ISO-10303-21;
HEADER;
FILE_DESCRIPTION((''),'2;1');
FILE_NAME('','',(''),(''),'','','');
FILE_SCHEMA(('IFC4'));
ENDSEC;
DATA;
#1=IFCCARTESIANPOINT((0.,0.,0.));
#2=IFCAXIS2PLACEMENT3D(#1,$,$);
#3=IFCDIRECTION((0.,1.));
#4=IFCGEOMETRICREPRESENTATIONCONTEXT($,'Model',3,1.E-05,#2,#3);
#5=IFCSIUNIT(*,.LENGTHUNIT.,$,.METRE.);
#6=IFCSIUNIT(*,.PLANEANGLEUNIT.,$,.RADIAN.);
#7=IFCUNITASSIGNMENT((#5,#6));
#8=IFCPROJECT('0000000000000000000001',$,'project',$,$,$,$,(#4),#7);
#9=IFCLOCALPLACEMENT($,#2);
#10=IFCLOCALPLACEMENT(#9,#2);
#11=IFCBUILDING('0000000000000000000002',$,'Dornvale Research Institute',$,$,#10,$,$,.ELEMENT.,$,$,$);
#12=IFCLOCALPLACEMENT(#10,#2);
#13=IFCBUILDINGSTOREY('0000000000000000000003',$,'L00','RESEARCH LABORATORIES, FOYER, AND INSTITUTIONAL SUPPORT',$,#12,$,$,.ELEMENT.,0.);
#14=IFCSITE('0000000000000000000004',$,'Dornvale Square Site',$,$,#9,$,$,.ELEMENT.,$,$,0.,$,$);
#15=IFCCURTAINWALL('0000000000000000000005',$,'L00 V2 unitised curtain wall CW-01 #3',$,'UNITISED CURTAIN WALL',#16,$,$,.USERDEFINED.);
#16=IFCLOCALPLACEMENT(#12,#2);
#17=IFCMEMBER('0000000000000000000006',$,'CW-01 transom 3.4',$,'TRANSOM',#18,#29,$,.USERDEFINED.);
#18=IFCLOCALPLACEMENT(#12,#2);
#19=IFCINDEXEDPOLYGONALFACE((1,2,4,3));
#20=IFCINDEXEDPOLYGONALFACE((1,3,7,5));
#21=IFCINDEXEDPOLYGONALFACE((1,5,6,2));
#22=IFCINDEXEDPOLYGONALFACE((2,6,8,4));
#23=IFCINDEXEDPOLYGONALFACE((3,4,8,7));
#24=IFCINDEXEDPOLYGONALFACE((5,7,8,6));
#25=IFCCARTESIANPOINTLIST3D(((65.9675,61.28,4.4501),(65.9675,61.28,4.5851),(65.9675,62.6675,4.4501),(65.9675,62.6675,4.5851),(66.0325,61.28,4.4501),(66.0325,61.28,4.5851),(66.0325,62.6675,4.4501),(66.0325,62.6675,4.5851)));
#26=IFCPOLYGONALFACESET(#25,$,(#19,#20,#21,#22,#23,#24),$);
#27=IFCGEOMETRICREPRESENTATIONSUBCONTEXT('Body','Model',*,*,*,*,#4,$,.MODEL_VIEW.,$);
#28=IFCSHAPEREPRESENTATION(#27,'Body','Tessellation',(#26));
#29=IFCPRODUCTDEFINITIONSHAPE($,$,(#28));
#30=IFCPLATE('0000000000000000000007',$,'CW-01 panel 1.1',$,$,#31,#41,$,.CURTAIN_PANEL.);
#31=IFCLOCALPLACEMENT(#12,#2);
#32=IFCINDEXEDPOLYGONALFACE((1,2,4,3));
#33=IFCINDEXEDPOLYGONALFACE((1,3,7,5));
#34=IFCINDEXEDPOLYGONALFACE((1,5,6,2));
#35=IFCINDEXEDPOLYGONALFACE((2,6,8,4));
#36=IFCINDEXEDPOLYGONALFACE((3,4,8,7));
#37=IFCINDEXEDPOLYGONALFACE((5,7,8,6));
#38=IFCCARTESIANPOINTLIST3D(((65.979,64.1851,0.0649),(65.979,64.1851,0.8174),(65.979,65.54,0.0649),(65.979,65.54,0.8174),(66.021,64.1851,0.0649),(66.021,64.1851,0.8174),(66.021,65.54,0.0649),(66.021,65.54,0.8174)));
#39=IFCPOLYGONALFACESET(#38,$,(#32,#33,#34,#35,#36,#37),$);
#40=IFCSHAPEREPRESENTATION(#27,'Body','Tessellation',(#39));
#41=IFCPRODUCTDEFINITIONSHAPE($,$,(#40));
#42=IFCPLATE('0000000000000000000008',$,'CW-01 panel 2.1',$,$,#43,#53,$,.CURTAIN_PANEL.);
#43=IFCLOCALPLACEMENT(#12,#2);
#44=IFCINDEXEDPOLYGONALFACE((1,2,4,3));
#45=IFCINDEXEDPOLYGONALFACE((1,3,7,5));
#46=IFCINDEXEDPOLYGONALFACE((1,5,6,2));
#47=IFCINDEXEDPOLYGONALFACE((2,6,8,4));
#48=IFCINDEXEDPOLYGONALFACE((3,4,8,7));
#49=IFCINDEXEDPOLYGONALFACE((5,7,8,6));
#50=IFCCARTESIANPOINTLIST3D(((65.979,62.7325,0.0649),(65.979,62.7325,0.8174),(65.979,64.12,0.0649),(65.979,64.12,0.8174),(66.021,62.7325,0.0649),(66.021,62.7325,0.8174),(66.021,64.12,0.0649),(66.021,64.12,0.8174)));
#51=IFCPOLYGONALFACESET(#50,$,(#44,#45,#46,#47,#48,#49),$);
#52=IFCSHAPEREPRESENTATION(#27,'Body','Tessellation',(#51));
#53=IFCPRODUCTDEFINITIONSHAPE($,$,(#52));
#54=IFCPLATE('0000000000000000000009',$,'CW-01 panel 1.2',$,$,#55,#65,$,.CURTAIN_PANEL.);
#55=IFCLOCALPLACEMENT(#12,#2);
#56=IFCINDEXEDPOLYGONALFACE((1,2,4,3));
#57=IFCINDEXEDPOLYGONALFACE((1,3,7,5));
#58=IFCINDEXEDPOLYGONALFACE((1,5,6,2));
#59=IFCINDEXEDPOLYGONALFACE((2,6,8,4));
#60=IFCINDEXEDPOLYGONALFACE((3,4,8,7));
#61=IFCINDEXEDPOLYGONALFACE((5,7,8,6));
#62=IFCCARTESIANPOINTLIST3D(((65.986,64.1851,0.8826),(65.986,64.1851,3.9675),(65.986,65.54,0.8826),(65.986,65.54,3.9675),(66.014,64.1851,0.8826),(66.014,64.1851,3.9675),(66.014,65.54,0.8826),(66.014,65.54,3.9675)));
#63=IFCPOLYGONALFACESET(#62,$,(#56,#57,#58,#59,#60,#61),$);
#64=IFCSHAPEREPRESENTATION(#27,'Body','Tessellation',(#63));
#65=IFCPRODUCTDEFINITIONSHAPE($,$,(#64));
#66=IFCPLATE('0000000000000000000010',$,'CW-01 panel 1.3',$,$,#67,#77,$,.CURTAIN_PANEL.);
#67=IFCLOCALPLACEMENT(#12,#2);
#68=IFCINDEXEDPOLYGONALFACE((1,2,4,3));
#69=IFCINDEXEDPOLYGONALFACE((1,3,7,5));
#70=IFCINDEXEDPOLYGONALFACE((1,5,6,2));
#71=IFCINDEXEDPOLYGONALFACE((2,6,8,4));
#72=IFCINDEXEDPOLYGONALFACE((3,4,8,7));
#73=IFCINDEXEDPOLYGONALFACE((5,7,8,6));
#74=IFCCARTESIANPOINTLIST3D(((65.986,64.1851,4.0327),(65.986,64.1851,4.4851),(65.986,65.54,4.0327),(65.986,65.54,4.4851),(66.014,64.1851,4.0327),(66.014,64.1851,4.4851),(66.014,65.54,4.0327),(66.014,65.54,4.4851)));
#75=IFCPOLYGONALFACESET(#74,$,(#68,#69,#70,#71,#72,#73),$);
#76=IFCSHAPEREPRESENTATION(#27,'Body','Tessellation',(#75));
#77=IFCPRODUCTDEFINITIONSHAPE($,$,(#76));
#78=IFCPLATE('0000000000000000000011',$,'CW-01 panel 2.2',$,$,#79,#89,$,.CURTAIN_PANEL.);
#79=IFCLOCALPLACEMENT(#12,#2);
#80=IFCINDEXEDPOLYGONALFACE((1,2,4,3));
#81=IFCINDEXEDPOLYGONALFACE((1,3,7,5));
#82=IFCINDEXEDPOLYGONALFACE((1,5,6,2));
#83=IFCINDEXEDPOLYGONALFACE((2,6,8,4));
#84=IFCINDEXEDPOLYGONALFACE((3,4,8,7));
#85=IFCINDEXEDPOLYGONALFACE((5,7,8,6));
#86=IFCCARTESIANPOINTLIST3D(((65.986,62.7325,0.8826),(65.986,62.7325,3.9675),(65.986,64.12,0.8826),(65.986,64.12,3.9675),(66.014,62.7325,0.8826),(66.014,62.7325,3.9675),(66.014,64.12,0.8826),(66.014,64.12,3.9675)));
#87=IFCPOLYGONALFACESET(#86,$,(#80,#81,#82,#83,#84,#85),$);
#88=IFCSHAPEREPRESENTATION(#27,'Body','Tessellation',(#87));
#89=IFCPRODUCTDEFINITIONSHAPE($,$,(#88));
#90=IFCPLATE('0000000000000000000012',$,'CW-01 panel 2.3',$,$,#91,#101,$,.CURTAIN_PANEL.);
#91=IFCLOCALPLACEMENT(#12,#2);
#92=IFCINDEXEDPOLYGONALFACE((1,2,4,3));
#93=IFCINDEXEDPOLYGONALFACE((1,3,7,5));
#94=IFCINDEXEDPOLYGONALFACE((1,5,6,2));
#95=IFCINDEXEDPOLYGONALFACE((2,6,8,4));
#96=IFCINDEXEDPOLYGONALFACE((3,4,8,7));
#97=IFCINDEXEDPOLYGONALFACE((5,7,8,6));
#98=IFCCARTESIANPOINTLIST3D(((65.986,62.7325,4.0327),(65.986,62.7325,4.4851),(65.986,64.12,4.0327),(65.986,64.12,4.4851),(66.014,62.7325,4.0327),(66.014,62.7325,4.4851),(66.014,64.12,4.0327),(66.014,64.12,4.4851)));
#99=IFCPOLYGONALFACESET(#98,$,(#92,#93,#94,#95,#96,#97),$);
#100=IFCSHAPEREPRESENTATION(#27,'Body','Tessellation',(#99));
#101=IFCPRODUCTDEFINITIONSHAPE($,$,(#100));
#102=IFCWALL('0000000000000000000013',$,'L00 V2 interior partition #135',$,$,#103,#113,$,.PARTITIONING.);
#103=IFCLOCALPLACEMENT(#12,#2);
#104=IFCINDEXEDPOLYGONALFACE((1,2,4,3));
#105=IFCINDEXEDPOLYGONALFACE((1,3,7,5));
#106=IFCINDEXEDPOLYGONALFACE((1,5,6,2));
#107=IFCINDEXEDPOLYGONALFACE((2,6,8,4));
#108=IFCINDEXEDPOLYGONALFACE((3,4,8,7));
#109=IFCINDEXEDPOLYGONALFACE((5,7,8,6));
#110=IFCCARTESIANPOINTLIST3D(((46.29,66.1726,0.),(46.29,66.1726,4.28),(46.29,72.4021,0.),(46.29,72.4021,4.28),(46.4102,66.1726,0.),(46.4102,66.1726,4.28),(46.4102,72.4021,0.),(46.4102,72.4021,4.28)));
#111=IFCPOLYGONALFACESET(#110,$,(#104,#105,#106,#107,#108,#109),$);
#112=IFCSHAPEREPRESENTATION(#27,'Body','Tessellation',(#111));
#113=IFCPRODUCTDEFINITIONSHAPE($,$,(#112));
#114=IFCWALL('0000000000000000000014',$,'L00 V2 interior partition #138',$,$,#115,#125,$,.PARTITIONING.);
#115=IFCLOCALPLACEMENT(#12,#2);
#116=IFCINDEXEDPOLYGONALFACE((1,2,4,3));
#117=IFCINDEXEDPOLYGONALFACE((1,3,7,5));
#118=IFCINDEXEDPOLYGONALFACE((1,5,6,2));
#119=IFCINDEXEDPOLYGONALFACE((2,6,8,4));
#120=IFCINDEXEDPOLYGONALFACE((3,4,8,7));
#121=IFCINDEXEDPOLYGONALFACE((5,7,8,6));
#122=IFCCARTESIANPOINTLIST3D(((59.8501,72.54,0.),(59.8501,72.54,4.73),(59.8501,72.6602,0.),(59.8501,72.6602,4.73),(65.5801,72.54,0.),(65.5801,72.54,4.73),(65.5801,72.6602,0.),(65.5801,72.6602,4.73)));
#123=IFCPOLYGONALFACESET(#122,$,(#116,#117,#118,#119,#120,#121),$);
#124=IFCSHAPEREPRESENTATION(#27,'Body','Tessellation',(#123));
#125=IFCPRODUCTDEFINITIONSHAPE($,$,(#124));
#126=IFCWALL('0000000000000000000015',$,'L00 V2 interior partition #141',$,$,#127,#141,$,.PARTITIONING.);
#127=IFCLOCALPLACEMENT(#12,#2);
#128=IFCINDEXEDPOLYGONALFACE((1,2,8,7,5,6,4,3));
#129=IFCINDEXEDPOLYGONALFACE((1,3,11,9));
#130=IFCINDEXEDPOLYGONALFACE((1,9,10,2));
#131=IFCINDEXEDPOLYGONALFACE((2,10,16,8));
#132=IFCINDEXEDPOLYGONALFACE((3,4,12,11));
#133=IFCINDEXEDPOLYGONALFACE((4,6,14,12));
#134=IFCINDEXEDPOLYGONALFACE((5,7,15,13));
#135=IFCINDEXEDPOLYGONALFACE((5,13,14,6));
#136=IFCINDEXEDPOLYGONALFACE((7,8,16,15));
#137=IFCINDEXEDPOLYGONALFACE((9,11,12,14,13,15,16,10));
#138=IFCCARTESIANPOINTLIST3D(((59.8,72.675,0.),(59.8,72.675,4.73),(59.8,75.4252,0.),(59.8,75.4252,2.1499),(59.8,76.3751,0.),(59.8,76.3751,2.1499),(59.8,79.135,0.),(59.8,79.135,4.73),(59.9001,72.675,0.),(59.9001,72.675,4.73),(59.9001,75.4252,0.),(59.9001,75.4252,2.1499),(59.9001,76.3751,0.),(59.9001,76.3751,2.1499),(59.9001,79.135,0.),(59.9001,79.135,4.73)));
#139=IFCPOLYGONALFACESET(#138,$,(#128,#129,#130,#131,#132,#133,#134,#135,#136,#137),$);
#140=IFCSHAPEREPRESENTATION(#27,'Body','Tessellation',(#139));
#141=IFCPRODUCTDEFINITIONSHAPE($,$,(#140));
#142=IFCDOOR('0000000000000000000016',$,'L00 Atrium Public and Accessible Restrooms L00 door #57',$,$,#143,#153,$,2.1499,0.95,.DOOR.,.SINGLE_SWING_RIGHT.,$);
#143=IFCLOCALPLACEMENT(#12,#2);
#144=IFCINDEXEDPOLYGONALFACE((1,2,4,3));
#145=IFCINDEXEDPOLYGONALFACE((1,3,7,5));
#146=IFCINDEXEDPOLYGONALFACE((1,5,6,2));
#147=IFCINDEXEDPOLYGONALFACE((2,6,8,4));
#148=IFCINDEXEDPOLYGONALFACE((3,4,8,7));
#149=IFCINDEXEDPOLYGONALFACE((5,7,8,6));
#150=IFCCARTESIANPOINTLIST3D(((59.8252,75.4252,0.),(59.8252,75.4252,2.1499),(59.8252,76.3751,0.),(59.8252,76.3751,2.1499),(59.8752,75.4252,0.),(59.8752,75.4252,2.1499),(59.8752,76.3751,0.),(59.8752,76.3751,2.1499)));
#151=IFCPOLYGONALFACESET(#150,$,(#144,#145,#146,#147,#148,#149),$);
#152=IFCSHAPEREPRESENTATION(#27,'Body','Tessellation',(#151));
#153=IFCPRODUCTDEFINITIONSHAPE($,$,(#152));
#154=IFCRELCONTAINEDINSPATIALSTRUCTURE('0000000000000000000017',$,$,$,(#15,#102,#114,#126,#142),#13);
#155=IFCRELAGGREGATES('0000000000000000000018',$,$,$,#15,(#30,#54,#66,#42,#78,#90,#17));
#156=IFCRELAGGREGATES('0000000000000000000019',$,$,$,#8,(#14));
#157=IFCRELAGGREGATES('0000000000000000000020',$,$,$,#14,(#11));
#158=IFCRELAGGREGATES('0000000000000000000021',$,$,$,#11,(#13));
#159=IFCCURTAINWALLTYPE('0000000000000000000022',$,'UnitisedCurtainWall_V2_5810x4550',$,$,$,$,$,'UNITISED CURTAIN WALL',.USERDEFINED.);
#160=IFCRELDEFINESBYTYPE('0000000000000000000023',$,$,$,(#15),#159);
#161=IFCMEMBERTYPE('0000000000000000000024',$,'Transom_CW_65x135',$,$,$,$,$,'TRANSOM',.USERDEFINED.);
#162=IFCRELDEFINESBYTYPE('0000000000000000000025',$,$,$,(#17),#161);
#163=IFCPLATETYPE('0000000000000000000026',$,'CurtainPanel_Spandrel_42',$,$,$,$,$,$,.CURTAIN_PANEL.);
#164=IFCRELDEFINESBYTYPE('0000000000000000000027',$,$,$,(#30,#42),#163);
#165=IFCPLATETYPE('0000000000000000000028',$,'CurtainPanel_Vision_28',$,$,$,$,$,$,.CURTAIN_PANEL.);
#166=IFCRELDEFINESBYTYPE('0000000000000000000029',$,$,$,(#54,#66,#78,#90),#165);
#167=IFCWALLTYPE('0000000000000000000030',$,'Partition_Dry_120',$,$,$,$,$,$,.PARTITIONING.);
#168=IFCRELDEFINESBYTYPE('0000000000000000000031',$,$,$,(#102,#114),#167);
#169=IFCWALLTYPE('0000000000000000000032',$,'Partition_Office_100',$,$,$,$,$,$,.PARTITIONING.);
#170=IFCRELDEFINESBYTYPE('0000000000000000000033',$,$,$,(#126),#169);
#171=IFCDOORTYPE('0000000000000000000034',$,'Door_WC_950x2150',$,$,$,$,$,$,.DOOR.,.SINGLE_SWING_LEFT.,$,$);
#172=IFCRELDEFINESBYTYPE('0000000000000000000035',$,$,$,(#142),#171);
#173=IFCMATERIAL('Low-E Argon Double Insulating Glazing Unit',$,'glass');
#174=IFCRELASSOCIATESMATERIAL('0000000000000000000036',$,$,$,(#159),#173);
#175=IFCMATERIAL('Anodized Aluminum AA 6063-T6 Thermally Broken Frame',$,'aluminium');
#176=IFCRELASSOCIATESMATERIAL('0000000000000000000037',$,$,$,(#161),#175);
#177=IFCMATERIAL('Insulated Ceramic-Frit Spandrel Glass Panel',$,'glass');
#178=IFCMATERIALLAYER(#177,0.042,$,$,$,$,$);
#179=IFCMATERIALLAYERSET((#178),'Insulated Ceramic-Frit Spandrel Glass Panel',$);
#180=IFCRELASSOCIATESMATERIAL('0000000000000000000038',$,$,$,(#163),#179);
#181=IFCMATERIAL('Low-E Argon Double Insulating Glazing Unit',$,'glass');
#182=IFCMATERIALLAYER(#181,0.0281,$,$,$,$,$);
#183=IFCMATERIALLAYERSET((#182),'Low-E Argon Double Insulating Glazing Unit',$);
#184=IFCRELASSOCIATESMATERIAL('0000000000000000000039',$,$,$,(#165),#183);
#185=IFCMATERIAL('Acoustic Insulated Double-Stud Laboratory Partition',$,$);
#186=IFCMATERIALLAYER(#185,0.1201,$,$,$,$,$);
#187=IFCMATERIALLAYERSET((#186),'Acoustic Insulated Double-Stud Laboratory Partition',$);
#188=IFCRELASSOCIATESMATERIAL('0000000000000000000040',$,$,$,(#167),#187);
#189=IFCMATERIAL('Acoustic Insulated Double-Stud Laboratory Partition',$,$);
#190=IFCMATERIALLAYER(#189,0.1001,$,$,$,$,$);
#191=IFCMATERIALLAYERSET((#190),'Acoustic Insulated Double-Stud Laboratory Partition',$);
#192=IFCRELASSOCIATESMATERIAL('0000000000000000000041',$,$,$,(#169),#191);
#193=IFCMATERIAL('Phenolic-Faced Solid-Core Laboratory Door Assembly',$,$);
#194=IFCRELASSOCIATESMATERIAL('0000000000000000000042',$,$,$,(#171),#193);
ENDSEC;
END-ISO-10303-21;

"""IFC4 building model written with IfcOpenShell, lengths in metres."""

from ifc_helpers import new_model, si_unit, direction, frame, frame_2d, origin, origin_2d, place, context, subcontext, project, spatial, rectangle, extrude, material, layer, layer_set, material_profile, profile_set, type_object, element, fill, aggregate, save


model = new_model("IFC4")

# Units and contexts
model_context = context("Model", 3, precision=1e-05, world=origin(), true_north=direction((0.0, 1.0)))
body_context = subcontext(model_context, "Body", "Model", "MODEL_VIEW")
ifc_project = project(units=[si_unit("LENGTHUNIT", "METRE"), si_unit("PLANEANGLEUNIT", "RADIAN")], contexts=[model_context])

# Site, building, storey
site_placement = place(None, origin())
site = spatial("IfcSite", under=ifc_project, at=site_placement, Name="Dornvale Square Site", CompositionType="ELEMENT", RefElevation=0.0)
building_placement = place(site_placement, origin())
building = spatial("IfcBuilding", under=site, at=building_placement, Name="Dornvale Research Institute", CompositionType="ELEMENT")
storey_placement = place(building_placement, origin())
storey = spatial("IfcBuildingStorey", under=building, at=storey_placement, Name="L00", Description="RESEARCH LABORATORIES, FOYER, AND INSTITUTIONAL SUPPORT", CompositionType="ELEMENT", Elevation=0.0)

# Curtain wall, member, plates
ifc_material_1 = material(Name="Low-E Argon Double Insulating Glazing Unit", Category="glass")
curtain_wall_type = type_object("IfcCurtainWallType", Name="UnitisedCurtainWall_V2_5810x4550", ElementType="UNITISED CURTAIN WALL", PredefinedType="USERDEFINED", material=ifc_material_1)
curtain_wall_placement = place(storey_placement, origin())
curtain_wall = element("IfcCurtainWall", 1, at=curtain_wall_placement, inside=storey, type_object=curtain_wall_type, Name="L00 V2 unitised curtain wall CW-01 #3", ObjectType="UNITISED CURTAIN WALL", PredefinedType="USERDEFINED")
ifc_material_2 = material(Name="Anodized Aluminum AA 6063-T6 Thermally Broken Frame", Category="aluminium")
ifc_material_profile_1 = material_profile(ifc_material_2, rectangle(XDim=0.0649, YDim=0.135, at=origin_2d()), Name="ALU TRANSOM 65x135")
ifc_profile_set_1 = profile_set([ifc_material_profile_1], Name="Anodized Aluminum AA 6063-T6 Thermally Broken Frame")
member_type_1 = type_object("IfcMemberType", Name="Transom_CW_65x135", ElementType="TRANSOM", PredefinedType="USERDEFINED", material=ifc_profile_set_1)
member_1_placement = place(storey_placement, frame((66.0, 62.6675, 4.5176), z_axis=(0.0, -1.0, 0.0), x_axis=(1.0, 0.0, 0.0)))
member_1 = element("IfcMember", 2, at=member_1_placement, type_object=member_type_1, Name="CW-01 transom 3.4", ObjectType="TRANSOM", PredefinedType="USERDEFINED", context=body_context, shape_type="SweptSolid", body=[
    extrude(rectangle(XDim=0.0649, YDim=0.135, at=origin_2d()), origin(), (0.0, 0.0, 1.0), 1.3875),
])
ifc_material_3 = material(Name="Insulated Ceramic-Frit Spandrel Glass Panel", Category="glass")
ifc_layer_1 = layer(ifc_material_3, 0.042)
ifc_layer_set_1 = layer_set([ifc_layer_1], Name="Insulated Ceramic-Frit Spandrel Glass Panel")
plate_type_1 = type_object("IfcPlateType", Name="CurtainPanel_Spandrel_42", PredefinedType="CURTAIN_PANEL", material=ifc_layer_set_1)
plate_1_placement = place(storey_placement, frame((66.0, 64.8625, 0.0649), z_axis=(0.0, 0.0, 1.0), x_axis=(0.0, -1.0, 0.0)))
plate_1 = element("IfcPlate", 3, at=plate_1_placement, type_object=plate_type_1, Name="CW-01 panel 1.1", PredefinedType="CURTAIN_PANEL", context=body_context, shape_type="SweptSolid", body=[
    extrude(rectangle(XDim=1.355, YDim=0.042, at=origin_2d()), origin(), (0.0, 0.0, 1.0), 0.7524),
])
plate_2_placement = place(storey_placement, frame((66.0, 63.4263, 0.0649), z_axis=(0.0, 0.0, 1.0), x_axis=(0.0, -1.0, 0.0)))
plate_2 = element("IfcPlate", 4, at=plate_2_placement, type_object=plate_type_1, Name="CW-01 panel 2.1", PredefinedType="CURTAIN_PANEL", context=body_context, shape_type="SweptSolid", body=[
    extrude(rectangle(XDim=1.3875, YDim=0.042, at=origin_2d()), origin(), (0.0, 0.0, 1.0), 0.7524),
])
ifc_material_4 = material(Name="Low-E Argon Double Insulating Glazing Unit", Category="glass")
ifc_layer_2 = layer(ifc_material_4, 0.0281)
ifc_layer_set_2 = layer_set([ifc_layer_2], Name="Low-E Argon Double Insulating Glazing Unit")
plate_type_2 = type_object("IfcPlateType", Name="CurtainPanel_Vision_28", PredefinedType="CURTAIN_PANEL", material=ifc_layer_set_2)
plate_3_placement = place(storey_placement, frame((66.0, 64.8625, 0.8826), z_axis=(0.0, 0.0, 1.0), x_axis=(0.0, -1.0, 0.0)))
plate_3 = element("IfcPlate", 5, at=plate_3_placement, type_object=plate_type_2, Name="CW-01 panel 1.2", PredefinedType="CURTAIN_PANEL", context=body_context, shape_type="SweptSolid", body=[
    extrude(rectangle(XDim=1.355, YDim=0.0281, at=origin_2d()), origin(), (0.0, 0.0, 1.0), 3.085),
])
plate_4_placement = place(storey_placement, frame((66.0, 64.8625, 4.0327), z_axis=(0.0, 0.0, 1.0), x_axis=(0.0, -1.0, 0.0)))
plate_4 = element("IfcPlate", 6, at=plate_4_placement, type_object=plate_type_2, Name="CW-01 panel 1.3", PredefinedType="CURTAIN_PANEL", context=body_context, shape_type="SweptSolid", body=[
    extrude(rectangle(XDim=1.355, YDim=0.0281, at=origin_2d()), origin(), (0.0, 0.0, 1.0), 0.4524),
])
plate_5_placement = place(storey_placement, frame((66.0, 63.4263, 0.8826), z_axis=(0.0, 0.0, 1.0), x_axis=(0.0, -1.0, 0.0)))
plate_5 = element("IfcPlate", 7, at=plate_5_placement, type_object=plate_type_2, Name="CW-01 panel 2.2", PredefinedType="CURTAIN_PANEL", context=body_context, shape_type="SweptSolid", body=[
    extrude(rectangle(XDim=1.3875, YDim=0.0281, at=origin_2d()), origin(), (0.0, 0.0, 1.0), 3.085),
])
plate_6_placement = place(storey_placement, frame((66.0, 63.4263, 4.0327), z_axis=(0.0, 0.0, 1.0), x_axis=(0.0, -1.0, 0.0)))
plate_6 = element("IfcPlate", 8, at=plate_6_placement, type_object=plate_type_2, Name="CW-01 panel 2.3", PredefinedType="CURTAIN_PANEL", context=body_context, shape_type="SweptSolid", body=[
    extrude(rectangle(XDim=1.3875, YDim=0.0281, at=origin_2d()), origin(), (0.0, 0.0, 1.0), 0.4524),
])
aggregate(curtain_wall, [plate_1, plate_3, plate_4, plate_2, plate_5, plate_6, member_1])

# Walls
ifc_material_5 = material(Name="Acoustic Insulated Double-Stud Laboratory Partition")
ifc_layer_3 = layer(ifc_material_5, 0.1201)
ifc_layer_set_3 = layer_set([ifc_layer_3], Name="Acoustic Insulated Double-Stud Laboratory Partition")
wall_type_1 = type_object("IfcWallType", Name="Partition_Dry_120", PredefinedType="PARTITIONING", material=ifc_layer_set_3)
wall_1_placement = place(storey_placement, frame((46.3501, 66.1726, 0.0), z_axis=(0.0, 0.0, 1.0), x_axis=(0.0, 1.0, 0.0)))
element("IfcWall", 9, at=wall_1_placement, inside=storey, type_object=wall_type_1, Name="L00 V2 interior partition #135", PredefinedType="PARTITIONING", context=body_context, shape_type="SweptSolid", body=[
    extrude(rectangle(XDim=6.2295, YDim=0.1201, at=frame_2d((3.1147, 0.0))), origin(), (0.0, 0.0, 1.0), 4.28),
])
wall_2_placement = place(storey_placement, frame((59.8501, 72.6001, 0.0), z_axis=(0.0, 0.0, 1.0), x_axis=(1.0, 0.0, 0.0)))
element("IfcWall", 10, at=wall_2_placement, inside=storey, type_object=wall_type_1, Name="L00 V2 interior partition #138", PredefinedType="PARTITIONING", context=body_context, shape_type="SweptSolid", body=[
    extrude(rectangle(XDim=5.73, YDim=0.1201, at=frame_2d((2.865, 0.0))), origin(), (0.0, 0.0, 1.0), 4.73),
])

# Wall, opening, door
ifc_material_6 = material(Name="Acoustic Insulated Double-Stud Laboratory Partition")
ifc_layer_4 = layer(ifc_material_6, 0.1001)
ifc_layer_set_4 = layer_set([ifc_layer_4], Name="Acoustic Insulated Double-Stud Laboratory Partition")
wall_type_2 = type_object("IfcWallType", Name="Partition_Office_100", PredefinedType="PARTITIONING", material=ifc_layer_set_4)
wall_3_placement = place(storey_placement, frame((59.8501, 72.675, 0.0), z_axis=(0.0, 0.0, 1.0), x_axis=(0.0, 1.0, 0.0)))
wall_3 = element("IfcWall", 11, at=wall_3_placement, inside=storey, type_object=wall_type_2, Name="L00 V2 interior partition #141", PredefinedType="PARTITIONING", context=body_context, shape_type="SweptSolid", body=[
    extrude(rectangle(XDim=6.46, YDim=0.1001, at=frame_2d((3.23, 0.0))), origin(), (0.0, 0.0, 1.0), 4.73),
])
opening_1_placement = place(wall_3_placement, frame((2.75, 0.0, 0.0)))
opening_1 = element("IfcOpeningElement", 12, at=opening_1_placement, cuts=wall_3, PredefinedType="OPENING", context=body_context, shape_type="SweptSolid", body=[
    extrude(rectangle(XDim=0.95, YDim=2.1499, at=frame_2d((0.4751, 1.075))), frame((0.0, 0.0649, 0.0), z_axis=(0.0, -1.0, 0.0), x_axis=(1.0, 0.0, 0.0)), (0.0, 0.0, 1.0), 0.1301),
])
ifc_material_7 = material(Name="Phenolic-Faced Solid-Core Laboratory Door Assembly")
door_type = type_object("IfcDoorType", Name="Door_WC_950x2150", OperationType="SINGLE_SWING_LEFT", PredefinedType="DOOR", material=ifc_material_7)
door_placement = place(opening_1_placement, origin())
door = element("IfcDoor", 13, at=door_placement, inside=storey, type_object=door_type, Name="L00 Atrium Public and Accessible Restrooms L00 door #57", OperationType="SINGLE_SWING_RIGHT", OverallHeight=2.1499, OverallWidth=0.95, PredefinedType="DOOR", context=body_context, shape_type="SweptSolid", body=[
    extrude(rectangle(XDim=0.95, YDim=2.1499, at=frame_2d((0.4751, 1.075))), frame((0.0, 0.0249, 0.0), z_axis=(0.0, -1.0, 0.0), x_axis=(1.0, 0.0, 0.0)), (0.0, 0.0, 1.0), 0.05),
])
fill(opening_1, door)

save(model, "model.ifc")
